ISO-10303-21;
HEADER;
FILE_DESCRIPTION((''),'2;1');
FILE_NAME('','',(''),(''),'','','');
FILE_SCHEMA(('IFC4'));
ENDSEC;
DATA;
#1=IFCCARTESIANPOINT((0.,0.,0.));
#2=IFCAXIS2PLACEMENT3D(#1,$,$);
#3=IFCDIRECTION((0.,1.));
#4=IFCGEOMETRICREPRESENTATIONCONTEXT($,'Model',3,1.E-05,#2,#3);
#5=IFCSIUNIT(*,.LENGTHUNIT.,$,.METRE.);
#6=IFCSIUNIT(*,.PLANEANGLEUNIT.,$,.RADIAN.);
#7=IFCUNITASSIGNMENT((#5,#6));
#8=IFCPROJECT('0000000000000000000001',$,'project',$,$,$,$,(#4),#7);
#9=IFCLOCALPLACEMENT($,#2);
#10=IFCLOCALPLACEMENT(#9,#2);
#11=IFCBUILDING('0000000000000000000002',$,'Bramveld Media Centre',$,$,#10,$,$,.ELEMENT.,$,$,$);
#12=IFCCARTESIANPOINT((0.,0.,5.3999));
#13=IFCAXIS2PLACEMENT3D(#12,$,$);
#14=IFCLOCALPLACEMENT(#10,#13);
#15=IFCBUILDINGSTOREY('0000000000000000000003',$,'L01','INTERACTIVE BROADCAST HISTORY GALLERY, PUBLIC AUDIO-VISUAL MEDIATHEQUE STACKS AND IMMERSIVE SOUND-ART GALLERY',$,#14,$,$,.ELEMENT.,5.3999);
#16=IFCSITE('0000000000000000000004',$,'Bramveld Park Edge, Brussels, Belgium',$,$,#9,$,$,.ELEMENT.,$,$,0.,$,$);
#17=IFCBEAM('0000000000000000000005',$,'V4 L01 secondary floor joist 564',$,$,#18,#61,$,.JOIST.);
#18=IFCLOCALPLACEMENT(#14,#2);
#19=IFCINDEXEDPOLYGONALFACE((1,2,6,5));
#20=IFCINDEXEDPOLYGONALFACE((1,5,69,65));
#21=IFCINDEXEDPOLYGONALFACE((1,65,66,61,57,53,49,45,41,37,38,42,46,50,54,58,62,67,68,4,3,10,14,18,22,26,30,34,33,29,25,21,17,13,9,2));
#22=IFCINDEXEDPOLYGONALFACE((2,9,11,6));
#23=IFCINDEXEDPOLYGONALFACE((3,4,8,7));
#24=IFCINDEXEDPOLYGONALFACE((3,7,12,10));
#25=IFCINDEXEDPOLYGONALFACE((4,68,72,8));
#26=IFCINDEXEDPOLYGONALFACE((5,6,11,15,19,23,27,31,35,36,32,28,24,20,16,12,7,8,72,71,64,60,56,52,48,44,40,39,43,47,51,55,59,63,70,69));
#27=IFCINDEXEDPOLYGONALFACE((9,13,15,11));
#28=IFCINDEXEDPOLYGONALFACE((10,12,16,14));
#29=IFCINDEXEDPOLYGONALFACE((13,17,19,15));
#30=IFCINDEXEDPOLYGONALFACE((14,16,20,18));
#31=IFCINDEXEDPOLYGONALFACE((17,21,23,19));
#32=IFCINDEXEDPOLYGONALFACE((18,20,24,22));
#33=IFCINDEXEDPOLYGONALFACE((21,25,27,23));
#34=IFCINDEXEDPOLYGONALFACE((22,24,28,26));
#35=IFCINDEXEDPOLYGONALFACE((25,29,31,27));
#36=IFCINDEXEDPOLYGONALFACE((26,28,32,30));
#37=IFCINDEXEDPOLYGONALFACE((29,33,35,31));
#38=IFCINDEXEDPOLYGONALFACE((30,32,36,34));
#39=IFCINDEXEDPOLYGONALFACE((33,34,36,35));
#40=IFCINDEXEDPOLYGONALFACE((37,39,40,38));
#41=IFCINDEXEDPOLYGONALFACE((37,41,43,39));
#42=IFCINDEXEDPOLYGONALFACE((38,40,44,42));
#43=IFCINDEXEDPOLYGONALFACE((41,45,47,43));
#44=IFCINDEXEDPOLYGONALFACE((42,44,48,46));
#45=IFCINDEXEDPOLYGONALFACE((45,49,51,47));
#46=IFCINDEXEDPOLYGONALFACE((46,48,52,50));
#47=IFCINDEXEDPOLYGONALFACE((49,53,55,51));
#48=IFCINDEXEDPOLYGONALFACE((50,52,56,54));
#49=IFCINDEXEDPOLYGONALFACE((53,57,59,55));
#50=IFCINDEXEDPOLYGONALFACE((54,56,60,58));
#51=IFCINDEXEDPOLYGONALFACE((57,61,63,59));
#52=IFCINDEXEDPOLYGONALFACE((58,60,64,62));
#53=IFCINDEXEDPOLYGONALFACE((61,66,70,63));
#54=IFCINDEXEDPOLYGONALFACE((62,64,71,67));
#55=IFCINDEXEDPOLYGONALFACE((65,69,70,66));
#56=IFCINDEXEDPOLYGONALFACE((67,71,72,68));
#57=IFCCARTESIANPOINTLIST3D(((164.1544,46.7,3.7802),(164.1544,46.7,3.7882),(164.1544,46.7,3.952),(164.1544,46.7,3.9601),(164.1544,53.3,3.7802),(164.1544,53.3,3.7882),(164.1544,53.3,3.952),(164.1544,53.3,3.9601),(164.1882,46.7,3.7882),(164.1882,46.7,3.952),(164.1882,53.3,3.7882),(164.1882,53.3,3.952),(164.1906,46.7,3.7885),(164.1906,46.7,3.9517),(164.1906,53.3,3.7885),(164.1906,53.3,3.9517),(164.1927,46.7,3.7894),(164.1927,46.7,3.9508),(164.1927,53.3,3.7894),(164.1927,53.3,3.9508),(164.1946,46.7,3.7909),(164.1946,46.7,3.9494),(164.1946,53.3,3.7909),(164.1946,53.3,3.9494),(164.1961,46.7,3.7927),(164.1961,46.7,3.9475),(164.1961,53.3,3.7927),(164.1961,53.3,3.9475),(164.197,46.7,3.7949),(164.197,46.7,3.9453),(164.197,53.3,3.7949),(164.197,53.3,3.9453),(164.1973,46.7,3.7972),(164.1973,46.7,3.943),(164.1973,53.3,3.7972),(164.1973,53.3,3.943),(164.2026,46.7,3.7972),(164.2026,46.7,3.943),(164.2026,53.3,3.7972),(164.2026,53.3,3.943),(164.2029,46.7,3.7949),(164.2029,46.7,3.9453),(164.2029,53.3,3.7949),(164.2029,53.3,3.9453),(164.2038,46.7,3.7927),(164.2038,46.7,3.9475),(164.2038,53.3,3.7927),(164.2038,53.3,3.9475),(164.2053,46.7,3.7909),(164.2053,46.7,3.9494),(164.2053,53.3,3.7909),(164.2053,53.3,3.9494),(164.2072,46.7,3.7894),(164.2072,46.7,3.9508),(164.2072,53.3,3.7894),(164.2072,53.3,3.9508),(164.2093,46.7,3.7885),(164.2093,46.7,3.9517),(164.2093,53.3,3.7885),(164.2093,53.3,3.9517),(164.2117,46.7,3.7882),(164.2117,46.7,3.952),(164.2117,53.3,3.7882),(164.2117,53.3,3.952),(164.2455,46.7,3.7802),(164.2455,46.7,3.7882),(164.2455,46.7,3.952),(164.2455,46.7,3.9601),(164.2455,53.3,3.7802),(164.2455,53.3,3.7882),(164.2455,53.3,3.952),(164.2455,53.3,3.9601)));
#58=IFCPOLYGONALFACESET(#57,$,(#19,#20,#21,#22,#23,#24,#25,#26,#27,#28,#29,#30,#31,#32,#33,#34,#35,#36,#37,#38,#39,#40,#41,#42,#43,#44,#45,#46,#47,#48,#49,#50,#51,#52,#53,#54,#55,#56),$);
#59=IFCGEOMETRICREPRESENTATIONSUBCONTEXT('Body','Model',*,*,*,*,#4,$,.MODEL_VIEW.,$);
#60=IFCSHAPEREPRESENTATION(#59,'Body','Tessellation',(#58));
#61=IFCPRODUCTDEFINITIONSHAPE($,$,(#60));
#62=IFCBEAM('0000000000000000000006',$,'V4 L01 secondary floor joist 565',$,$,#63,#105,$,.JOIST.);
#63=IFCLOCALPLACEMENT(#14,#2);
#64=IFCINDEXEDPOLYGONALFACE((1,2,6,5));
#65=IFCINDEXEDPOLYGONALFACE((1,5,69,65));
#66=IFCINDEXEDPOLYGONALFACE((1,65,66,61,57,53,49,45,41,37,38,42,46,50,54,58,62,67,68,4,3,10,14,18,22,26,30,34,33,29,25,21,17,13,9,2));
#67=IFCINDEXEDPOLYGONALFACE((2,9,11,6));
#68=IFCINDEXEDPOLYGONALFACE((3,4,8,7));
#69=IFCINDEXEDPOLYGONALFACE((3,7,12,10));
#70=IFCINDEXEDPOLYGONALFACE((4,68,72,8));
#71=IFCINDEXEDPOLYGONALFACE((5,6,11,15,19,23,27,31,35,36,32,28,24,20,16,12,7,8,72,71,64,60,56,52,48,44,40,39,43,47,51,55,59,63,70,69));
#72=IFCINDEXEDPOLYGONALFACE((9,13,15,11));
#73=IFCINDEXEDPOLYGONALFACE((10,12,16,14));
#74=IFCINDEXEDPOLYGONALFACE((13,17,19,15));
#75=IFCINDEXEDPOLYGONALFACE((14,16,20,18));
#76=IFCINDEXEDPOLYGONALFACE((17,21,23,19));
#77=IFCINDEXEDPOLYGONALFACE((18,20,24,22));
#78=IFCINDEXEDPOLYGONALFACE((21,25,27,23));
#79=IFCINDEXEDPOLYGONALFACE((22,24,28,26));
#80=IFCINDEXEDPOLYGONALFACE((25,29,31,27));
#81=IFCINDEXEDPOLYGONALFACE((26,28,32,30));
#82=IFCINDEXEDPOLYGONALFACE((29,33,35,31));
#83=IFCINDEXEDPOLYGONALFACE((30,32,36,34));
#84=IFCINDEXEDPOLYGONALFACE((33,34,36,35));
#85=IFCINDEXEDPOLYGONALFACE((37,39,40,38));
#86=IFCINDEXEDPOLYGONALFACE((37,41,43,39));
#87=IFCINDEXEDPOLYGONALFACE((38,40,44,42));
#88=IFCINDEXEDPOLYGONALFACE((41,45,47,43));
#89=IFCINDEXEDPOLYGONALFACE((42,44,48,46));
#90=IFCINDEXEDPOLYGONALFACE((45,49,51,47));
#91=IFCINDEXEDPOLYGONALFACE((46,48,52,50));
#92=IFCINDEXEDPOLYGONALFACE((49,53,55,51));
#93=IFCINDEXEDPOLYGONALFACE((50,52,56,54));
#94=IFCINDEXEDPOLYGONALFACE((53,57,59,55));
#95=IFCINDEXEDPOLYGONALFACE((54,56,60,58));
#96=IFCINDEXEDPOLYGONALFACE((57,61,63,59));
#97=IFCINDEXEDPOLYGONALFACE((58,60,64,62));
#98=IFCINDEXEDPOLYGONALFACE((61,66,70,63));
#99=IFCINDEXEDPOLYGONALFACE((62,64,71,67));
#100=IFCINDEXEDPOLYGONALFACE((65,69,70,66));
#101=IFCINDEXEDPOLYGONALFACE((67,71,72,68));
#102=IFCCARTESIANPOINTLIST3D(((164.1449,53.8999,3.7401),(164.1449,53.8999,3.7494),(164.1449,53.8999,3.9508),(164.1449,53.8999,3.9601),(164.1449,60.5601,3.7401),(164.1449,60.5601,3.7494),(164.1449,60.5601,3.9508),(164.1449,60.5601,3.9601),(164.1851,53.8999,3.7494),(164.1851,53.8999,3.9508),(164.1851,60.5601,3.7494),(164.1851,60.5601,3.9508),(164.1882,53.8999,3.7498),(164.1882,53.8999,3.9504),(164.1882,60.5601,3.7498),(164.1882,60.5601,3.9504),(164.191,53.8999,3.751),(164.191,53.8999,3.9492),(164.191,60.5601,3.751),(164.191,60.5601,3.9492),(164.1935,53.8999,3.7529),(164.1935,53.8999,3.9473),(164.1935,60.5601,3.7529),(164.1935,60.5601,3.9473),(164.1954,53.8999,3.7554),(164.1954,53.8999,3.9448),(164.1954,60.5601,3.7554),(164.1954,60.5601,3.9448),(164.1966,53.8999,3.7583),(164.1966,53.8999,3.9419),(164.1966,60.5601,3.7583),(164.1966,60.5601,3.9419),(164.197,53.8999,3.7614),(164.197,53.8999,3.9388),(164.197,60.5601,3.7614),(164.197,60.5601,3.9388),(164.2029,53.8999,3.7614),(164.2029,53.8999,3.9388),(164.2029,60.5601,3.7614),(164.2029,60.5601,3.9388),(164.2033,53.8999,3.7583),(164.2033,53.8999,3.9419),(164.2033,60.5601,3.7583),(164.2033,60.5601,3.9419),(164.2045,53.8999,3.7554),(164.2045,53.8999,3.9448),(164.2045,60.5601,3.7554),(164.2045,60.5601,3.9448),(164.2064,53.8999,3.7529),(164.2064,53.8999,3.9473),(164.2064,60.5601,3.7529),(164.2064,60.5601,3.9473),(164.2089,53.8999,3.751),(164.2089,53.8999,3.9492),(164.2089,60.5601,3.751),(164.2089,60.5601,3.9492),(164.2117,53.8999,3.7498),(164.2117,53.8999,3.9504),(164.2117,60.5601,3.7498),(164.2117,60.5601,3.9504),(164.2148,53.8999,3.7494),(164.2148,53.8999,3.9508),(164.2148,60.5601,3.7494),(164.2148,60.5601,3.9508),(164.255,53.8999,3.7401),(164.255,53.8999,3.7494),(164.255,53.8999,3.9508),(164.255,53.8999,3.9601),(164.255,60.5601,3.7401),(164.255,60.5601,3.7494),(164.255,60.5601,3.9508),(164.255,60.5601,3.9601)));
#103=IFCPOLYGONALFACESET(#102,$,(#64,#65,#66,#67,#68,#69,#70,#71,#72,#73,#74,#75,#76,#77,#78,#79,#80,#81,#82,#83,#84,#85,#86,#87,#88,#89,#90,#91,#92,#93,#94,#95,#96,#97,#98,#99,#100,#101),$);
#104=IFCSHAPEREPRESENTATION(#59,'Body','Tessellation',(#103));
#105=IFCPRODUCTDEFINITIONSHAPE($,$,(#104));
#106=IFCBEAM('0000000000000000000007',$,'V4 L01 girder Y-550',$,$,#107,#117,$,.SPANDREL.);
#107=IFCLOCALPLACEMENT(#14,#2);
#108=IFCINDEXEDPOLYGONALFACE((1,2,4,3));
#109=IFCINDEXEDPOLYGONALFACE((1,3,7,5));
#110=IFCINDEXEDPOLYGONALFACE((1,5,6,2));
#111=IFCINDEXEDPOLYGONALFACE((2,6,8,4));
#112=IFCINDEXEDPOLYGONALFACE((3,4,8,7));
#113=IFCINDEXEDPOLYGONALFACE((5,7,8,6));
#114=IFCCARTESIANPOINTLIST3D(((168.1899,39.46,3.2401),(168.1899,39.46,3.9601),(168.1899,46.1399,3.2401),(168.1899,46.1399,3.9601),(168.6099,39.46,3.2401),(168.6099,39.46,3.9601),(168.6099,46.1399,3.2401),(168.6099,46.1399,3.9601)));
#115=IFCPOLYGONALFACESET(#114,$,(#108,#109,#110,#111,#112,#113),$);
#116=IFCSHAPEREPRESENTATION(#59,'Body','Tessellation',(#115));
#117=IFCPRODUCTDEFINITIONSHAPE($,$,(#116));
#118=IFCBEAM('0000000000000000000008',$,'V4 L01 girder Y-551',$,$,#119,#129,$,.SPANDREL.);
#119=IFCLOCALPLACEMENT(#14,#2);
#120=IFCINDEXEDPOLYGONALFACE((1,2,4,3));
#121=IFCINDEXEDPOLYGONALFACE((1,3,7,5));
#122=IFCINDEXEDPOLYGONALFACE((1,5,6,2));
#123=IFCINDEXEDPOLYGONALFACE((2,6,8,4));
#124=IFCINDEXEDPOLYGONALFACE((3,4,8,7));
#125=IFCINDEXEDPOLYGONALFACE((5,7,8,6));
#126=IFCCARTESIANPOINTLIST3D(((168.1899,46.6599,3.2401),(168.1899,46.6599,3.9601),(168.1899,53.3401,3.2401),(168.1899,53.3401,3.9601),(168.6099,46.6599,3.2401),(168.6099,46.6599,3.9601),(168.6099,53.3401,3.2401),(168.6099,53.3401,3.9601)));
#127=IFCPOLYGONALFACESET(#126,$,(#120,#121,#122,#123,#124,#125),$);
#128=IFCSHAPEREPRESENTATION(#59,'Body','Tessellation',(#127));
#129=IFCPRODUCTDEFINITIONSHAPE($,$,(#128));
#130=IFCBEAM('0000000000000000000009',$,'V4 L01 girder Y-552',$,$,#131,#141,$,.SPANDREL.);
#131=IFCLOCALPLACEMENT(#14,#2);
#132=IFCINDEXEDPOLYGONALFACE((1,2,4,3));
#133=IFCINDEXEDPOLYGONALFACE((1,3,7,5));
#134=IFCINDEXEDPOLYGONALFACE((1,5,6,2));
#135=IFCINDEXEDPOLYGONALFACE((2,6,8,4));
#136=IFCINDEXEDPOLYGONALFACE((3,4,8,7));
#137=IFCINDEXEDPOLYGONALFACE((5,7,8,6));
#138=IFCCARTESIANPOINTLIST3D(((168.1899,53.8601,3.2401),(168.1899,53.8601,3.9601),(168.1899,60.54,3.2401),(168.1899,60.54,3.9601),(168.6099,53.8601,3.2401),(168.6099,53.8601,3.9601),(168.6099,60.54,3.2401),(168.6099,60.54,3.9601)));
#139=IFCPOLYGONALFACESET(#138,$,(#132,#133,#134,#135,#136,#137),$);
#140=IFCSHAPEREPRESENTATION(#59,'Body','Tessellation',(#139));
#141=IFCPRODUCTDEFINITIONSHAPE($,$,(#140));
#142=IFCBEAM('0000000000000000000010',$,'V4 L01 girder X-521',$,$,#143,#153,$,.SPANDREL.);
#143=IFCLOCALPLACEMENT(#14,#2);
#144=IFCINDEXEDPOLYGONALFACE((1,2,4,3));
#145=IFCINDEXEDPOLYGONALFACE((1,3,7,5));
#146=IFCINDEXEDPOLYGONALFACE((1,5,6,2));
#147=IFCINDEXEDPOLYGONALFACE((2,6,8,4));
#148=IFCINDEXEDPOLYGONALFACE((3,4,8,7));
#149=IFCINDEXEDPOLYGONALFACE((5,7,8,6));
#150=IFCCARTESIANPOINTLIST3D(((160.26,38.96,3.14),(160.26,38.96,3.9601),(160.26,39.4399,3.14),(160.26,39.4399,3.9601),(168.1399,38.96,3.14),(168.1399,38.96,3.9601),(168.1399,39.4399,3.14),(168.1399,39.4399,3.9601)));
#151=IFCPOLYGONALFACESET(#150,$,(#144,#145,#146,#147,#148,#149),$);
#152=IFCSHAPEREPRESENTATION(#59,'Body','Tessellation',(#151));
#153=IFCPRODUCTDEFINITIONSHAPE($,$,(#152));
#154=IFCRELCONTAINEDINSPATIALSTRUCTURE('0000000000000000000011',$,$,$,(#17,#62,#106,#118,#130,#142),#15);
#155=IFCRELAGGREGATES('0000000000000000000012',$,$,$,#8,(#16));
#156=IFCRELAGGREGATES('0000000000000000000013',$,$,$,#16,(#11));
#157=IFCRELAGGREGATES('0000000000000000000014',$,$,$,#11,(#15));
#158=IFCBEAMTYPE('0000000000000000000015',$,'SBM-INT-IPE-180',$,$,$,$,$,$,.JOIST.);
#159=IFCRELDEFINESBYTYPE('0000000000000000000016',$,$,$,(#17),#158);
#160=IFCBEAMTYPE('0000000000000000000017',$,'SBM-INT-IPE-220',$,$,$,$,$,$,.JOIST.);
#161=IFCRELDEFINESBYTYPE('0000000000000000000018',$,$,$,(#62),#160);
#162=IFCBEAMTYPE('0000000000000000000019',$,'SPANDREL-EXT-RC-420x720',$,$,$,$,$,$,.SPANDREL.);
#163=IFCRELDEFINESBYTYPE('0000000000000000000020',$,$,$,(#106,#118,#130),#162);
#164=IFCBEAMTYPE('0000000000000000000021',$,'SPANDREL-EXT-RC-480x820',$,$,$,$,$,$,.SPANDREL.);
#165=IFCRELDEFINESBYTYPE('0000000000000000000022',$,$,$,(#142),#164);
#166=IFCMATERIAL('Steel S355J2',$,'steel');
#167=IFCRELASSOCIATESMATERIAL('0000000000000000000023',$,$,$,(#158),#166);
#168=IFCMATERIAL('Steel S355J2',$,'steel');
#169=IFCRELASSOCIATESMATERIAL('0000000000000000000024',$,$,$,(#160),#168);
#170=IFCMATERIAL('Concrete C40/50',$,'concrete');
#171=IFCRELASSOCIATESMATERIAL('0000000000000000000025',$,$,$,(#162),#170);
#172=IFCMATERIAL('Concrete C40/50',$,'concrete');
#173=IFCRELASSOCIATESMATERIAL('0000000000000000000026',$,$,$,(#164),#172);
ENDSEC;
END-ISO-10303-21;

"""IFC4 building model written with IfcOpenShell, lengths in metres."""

from ifc_helpers import new_model, si_unit, direction, frame, origin, origin_2d, place, context, subcontext, project, spatial, rectangle, i_section, extrude, material, material_profile, profile_set, type_object, element, save


model = new_model("IFC4")

# Units and contexts
model_context = context("Model", 3, precision=1e-05, world=origin(), true_north=direction((0.0, 1.0)))
body_context = subcontext(model_context, "Body", "Model", "MODEL_VIEW")
ifc_project = project(units=[si_unit("LENGTHUNIT", "METRE"), si_unit("PLANEANGLEUNIT", "RADIAN")], contexts=[model_context])

# Site, building, storey
site_placement = place(None, origin())
site = spatial("IfcSite", under=ifc_project, at=site_placement, Name="Bramveld Park Edge, Brussels, Belgium", CompositionType="ELEMENT", RefElevation=0.0)
building_placement = place(site_placement, origin())
building = spatial("IfcBuilding", under=site, at=building_placement, Name="Bramveld Media Centre", CompositionType="ELEMENT")
storey_placement = place(building_placement, frame((0.0, 0.0, 5.3999)))
storey = spatial("IfcBuildingStorey", under=building, at=storey_placement, Name="L01", Description="INTERACTIVE BROADCAST HISTORY GALLERY, PUBLIC AUDIO-VISUAL MEDIATHEQUE STACKS AND IMMERSIVE SOUND-ART GALLERY", CompositionType="ELEMENT", Elevation=5.3999)

# Beams
ifc_material_1 = material(Name="Steel S355J2", Category="steel")
ifc_material_profile_1 = material_profile(ifc_material_1, i_section(OverallWidth=0.0911, OverallDepth=0.1799, WebThickness=0.0054, FlangeThickness=0.0081, FilletRadius=0.009, at=origin_2d()), Name="IPE 180")
ifc_profile_set_1 = profile_set([ifc_material_profile_1], Name="Steel S355J2")
beam_type_1 = type_object("IfcBeamType", Name="SBM-INT-IPE-180", PredefinedType="JOIST", material=ifc_profile_set_1)
beam_1_placement = place(storey_placement, frame((164.2, 46.7, 3.8701), z_axis=(0.0, 1.0, 0.0), x_axis=(-1.0, 0.0, 0.0)))
element("IfcBeam", 1, at=beam_1_placement, inside=storey, type_object=beam_type_1, Name="V4 L01 secondary floor joist 564", PredefinedType="JOIST", context=body_context, shape_type="SweptSolid", body=[
    extrude(i_section(OverallWidth=0.0911, OverallDepth=0.1799, WebThickness=0.0054, FlangeThickness=0.0081, FilletRadius=0.009, at=origin_2d()), origin(), (0.0, 0.0, 1.0), 6.6001),
])
ifc_material_2 = material(Name="Steel S355J2", Category="steel")
ifc_material_profile_2 = material_profile(ifc_material_2, i_section(OverallWidth=0.1101, OverallDepth=0.22, WebThickness=0.0059, FlangeThickness=0.0093, FilletRadius=0.012, at=origin_2d()), Name="IPE 220")
ifc_profile_set_2 = profile_set([ifc_material_profile_2], Name="Steel S355J2")
beam_type_2 = type_object("IfcBeamType", Name="SBM-INT-IPE-220", PredefinedType="JOIST", material=ifc_profile_set_2)
beam_2_placement = place(storey_placement, frame((164.2, 53.8999, 3.8501), z_axis=(0.0, 1.0, 0.0), x_axis=(-1.0, 0.0, 0.0)))
element("IfcBeam", 2, at=beam_2_placement, inside=storey, type_object=beam_type_2, Name="V4 L01 secondary floor joist 565", PredefinedType="JOIST", context=body_context, shape_type="SweptSolid", body=[
    extrude(i_section(OverallWidth=0.1101, OverallDepth=0.22, WebThickness=0.0059, FlangeThickness=0.0093, FilletRadius=0.012, at=origin_2d()), origin(), (0.0, 0.0, 1.0), 6.6602),
])
ifc_material_3 = material(Name="Concrete C40/50", Category="concrete")
ifc_material_profile_3 = material_profile(ifc_material_3, rectangle(XDim=0.4199, YDim=0.72, at=origin_2d()), Name="RC 420x720")
ifc_profile_set_3 = profile_set([ifc_material_profile_3], Name="Concrete C40/50")
beam_type_3 = type_object("IfcBeamType", Name="SPANDREL-EXT-RC-420x720", PredefinedType="SPANDREL", material=ifc_profile_set_3)
beam_3_placement = place(storey_placement, frame((168.3999, 39.46, 3.6001), z_axis=(0.0, 1.0, 0.0), x_axis=(-1.0, 0.0, 0.0)))
element("IfcBeam", 3, at=beam_3_placement, inside=storey, type_object=beam_type_3, Name="V4 L01 girder Y-550", PredefinedType="SPANDREL", context=body_context, shape_type="SweptSolid", body=[
    extrude(rectangle(XDim=0.4199, YDim=0.72, at=origin_2d()), origin(), (0.0, 0.0, 1.0), 6.6799),
])
beam_4_placement = place(storey_placement, frame((168.3999, 46.6599, 3.6001), z_axis=(0.0, 1.0, 0.0), x_axis=(-1.0, 0.0, 0.0)))
element("IfcBeam", 4, at=beam_4_placement, inside=storey, type_object=beam_type_3, Name="V4 L01 girder Y-551", PredefinedType="SPANDREL", context=body_context, shape_type="SweptSolid", body=[
    extrude(rectangle(XDim=0.4199, YDim=0.72, at=origin_2d()), origin(), (0.0, 0.0, 1.0), 6.6802),
])
beam_5_placement = place(storey_placement, frame((168.3999, 53.8601, 3.6001), z_axis=(0.0, 1.0, 0.0), x_axis=(-1.0, 0.0, 0.0)))
element("IfcBeam", 5, at=beam_5_placement, inside=storey, type_object=beam_type_3, Name="V4 L01 girder Y-552", PredefinedType="SPANDREL", context=body_context, shape_type="SweptSolid", body=[
    extrude(rectangle(XDim=0.4199, YDim=0.72, at=origin_2d()), origin(), (0.0, 0.0, 1.0), 6.6799),
])
ifc_material_4 = material(Name="Concrete C40/50", Category="concrete")
ifc_material_profile_4 = material_profile(ifc_material_4, rectangle(XDim=0.48, YDim=0.8201, at=origin_2d()), Name="RC 480x820")
ifc_profile_set_4 = profile_set([ifc_material_profile_4], Name="Concrete C40/50")
beam_type_4 = type_object("IfcBeamType", Name="SPANDREL-EXT-RC-480x820", PredefinedType="SPANDREL", material=ifc_profile_set_4)
beam_6_placement = place(storey_placement, frame((160.26, 39.2, 3.55), z_axis=(1.0, 0.0, 0.0), x_axis=(0.0, 1.0, 0.0)))
element("IfcBeam", 6, at=beam_6_placement, inside=storey, type_object=beam_type_4, Name="V4 L01 girder X-521", PredefinedType="SPANDREL", context=body_context, shape_type="SweptSolid", body=[
    extrude(rectangle(XDim=0.48, YDim=0.8201, at=origin_2d()), origin(), (0.0, 0.0, 1.0), 7.8799),
])

save(model, "model.ifc")
